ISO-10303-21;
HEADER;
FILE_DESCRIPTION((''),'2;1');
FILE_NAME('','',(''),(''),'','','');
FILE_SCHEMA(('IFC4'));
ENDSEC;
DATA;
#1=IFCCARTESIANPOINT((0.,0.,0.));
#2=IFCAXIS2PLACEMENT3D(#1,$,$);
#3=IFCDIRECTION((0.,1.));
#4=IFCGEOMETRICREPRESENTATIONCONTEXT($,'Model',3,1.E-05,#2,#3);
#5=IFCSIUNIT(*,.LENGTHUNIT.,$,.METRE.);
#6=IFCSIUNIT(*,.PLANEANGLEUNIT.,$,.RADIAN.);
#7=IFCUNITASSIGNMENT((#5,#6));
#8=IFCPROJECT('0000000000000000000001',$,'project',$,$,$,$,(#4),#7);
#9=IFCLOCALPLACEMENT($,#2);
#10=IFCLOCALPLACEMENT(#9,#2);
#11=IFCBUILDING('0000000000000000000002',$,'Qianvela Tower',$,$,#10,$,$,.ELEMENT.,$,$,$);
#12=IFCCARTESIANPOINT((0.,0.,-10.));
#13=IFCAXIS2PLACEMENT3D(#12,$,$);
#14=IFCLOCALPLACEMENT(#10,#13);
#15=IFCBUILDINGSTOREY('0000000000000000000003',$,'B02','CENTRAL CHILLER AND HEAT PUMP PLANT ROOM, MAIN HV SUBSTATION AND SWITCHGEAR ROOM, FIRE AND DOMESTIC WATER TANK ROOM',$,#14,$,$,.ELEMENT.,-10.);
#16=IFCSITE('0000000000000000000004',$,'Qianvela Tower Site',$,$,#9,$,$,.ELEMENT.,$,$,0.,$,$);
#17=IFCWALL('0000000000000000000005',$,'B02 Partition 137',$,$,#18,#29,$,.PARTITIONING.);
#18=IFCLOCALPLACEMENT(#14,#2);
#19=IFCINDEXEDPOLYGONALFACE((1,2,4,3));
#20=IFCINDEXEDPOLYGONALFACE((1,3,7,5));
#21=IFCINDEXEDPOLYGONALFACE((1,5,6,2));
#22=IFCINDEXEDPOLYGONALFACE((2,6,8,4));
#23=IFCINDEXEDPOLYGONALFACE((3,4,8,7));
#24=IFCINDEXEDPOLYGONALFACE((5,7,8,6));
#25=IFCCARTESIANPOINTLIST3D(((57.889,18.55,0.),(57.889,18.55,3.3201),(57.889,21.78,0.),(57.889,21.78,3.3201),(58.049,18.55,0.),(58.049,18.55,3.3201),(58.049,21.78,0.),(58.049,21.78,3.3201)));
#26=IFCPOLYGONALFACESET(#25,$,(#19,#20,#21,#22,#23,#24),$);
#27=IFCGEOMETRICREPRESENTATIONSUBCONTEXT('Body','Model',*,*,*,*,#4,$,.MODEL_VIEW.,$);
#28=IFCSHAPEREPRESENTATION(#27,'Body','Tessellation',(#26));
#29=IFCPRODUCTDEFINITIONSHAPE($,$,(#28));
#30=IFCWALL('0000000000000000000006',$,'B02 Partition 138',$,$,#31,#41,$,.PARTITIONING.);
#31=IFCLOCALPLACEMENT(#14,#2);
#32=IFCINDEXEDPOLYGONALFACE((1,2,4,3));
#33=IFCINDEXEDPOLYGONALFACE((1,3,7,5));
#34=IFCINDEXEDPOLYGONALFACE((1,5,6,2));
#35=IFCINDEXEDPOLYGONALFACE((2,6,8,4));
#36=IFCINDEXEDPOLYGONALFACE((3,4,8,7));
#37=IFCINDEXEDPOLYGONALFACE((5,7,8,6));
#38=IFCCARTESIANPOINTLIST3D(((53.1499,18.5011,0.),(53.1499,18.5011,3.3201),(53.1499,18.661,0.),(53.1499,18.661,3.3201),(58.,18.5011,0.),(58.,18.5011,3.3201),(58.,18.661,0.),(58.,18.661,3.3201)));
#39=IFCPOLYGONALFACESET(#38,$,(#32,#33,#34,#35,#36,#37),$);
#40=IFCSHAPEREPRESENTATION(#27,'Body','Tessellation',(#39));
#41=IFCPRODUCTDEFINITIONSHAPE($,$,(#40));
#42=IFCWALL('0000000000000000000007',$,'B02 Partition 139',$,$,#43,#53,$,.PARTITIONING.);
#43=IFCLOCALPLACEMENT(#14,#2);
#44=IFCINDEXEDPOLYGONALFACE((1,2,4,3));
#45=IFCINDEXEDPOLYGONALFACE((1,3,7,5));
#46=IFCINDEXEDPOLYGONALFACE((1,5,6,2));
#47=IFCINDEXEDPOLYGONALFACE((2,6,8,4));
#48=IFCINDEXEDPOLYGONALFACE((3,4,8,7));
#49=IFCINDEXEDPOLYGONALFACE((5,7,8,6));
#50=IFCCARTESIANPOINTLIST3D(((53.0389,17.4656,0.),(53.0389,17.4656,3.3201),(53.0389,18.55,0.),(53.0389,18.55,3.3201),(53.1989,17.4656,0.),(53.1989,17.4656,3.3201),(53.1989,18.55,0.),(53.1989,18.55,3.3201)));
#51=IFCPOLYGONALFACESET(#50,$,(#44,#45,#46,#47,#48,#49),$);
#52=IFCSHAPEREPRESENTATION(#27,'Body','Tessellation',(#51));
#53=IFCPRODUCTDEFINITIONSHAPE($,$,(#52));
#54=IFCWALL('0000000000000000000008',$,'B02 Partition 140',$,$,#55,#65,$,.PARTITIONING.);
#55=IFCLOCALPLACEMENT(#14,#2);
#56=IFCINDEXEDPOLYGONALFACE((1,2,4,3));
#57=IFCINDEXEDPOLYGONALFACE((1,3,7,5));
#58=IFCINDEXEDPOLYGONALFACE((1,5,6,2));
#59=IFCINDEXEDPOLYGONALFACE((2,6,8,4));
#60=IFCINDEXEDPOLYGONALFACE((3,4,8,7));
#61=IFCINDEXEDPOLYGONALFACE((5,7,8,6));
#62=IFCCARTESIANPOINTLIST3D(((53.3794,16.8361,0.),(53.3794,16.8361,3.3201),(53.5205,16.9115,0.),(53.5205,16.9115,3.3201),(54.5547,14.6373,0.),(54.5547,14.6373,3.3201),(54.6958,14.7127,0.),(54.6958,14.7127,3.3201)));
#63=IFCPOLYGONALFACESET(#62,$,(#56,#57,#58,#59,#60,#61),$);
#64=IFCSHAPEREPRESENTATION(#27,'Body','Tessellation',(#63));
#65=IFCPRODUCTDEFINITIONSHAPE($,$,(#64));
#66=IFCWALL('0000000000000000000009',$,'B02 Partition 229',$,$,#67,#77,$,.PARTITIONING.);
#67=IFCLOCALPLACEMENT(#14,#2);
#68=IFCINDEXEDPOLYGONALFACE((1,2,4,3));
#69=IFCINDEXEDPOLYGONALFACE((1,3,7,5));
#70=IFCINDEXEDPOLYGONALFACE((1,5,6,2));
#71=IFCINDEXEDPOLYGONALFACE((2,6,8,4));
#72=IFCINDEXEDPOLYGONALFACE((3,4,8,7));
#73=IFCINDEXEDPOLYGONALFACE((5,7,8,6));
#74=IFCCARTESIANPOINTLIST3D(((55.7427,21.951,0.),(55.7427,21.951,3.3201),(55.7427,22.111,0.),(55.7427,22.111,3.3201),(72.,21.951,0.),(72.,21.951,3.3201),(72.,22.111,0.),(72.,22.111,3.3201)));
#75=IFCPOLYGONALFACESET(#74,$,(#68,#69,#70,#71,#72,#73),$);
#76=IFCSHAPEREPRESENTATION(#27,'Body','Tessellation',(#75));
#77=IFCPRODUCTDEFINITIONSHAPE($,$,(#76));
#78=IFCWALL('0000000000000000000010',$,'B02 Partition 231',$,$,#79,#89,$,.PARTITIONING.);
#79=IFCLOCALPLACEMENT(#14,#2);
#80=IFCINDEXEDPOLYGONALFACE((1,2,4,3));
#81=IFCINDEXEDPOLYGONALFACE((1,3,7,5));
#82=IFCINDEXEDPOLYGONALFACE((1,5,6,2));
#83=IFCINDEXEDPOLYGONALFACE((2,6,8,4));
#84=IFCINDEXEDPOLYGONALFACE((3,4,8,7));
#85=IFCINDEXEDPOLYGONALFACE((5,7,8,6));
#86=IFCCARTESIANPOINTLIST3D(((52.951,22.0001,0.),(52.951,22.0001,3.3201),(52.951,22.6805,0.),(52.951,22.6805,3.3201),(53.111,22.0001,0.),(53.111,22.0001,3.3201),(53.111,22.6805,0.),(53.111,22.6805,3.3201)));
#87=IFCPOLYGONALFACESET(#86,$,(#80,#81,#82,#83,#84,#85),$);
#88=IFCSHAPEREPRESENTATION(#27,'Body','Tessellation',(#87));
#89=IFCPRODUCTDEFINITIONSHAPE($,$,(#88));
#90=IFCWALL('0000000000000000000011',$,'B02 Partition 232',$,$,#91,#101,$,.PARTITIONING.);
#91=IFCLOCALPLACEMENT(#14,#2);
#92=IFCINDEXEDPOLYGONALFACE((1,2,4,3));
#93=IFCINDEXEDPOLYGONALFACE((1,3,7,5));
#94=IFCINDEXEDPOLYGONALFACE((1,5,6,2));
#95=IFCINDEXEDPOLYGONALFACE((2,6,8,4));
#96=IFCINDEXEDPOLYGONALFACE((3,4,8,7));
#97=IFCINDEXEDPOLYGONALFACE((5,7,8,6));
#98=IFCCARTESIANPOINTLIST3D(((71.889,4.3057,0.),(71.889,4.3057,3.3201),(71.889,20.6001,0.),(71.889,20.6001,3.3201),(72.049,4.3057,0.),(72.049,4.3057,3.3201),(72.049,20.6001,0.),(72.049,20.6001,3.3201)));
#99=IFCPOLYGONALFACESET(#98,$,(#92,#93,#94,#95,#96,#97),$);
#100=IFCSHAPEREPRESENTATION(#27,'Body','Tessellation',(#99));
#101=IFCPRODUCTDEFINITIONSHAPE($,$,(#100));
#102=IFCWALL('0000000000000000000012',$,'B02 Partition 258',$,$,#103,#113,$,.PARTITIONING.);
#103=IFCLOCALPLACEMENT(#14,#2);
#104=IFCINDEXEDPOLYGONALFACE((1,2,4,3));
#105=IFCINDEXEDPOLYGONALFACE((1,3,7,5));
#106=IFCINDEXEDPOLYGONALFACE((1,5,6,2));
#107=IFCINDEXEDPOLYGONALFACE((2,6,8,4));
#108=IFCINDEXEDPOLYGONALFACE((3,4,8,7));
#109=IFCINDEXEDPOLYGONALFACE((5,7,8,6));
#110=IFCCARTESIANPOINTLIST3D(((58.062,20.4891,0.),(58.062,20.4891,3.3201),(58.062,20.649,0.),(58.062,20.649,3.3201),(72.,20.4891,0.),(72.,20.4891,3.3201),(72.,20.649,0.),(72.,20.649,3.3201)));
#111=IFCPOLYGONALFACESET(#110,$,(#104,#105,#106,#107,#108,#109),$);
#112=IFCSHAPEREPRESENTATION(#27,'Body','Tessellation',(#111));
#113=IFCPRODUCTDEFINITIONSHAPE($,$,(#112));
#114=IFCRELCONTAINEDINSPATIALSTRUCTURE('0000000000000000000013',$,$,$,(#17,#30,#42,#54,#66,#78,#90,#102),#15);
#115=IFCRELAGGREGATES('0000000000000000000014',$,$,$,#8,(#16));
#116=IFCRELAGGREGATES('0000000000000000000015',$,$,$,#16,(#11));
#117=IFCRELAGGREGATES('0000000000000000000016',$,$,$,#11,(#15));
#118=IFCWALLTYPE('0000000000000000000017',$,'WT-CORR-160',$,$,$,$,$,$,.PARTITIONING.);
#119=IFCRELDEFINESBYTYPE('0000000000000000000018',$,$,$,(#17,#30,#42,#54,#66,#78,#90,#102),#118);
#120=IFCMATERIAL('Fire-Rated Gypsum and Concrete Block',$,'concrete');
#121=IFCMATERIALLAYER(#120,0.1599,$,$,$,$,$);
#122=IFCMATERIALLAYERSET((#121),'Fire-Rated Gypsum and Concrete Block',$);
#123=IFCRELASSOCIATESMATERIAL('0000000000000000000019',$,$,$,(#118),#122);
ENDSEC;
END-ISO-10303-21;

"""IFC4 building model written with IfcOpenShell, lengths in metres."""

from ifc_helpers import new_model, si_unit, direction, frame, frame_2d, origin, place, context, subcontext, project, spatial, rectangle, extrude, material, layer, layer_set, type_object, element, save


model = new_model("IFC4")

# Units and contexts
model_context = context("Model", 3, precision=1e-05, world=origin(), true_north=direction((0.0, 1.0)))
body_context = subcontext(model_context, "Body", "Model", "MODEL_VIEW")
ifc_project = project(units=[si_unit("LENGTHUNIT", "METRE"), si_unit("PLANEANGLEUNIT", "RADIAN")], contexts=[model_context])

# Site, building, storey
site_placement = place(None, origin())
site = spatial("IfcSite", under=ifc_project, at=site_placement, Name="Qianvela Tower Site", CompositionType="ELEMENT", RefElevation=0.0)
building_placement = place(site_placement, origin())
building = spatial("IfcBuilding", under=site, at=building_placement, Name="Qianvela Tower", CompositionType="ELEMENT")
storey_placement = place(building_placement, frame((0.0, 0.0, -10.0)))
storey = spatial("IfcBuildingStorey", under=building, at=storey_placement, Name="B02", Description="CENTRAL CHILLER AND HEAT PUMP PLANT ROOM, MAIN HV SUBSTATION AND SWITCHGEAR ROOM, FIRE AND DOMESTIC WATER TANK ROOM", CompositionType="ELEMENT", Elevation=-10.0)

# Walls
ifc_material_1 = material(Name="Fire-Rated Gypsum and Concrete Block", Category="concrete")
ifc_layer = layer(ifc_material_1, 0.1599)
ifc_layer_set = layer_set([ifc_layer], Name="Fire-Rated Gypsum and Concrete Block")
wall_type = type_object("IfcWallType", Name="WT-CORR-160", PredefinedType="PARTITIONING", material=ifc_layer_set)
wall_1_placement = place(storey_placement, frame((57.969, 21.78, 0.0), z_axis=(0.0, 0.0, 1.0), x_axis=(0.0, -1.0, 0.0)))
element("IfcWall", 1, at=wall_1_placement, inside=storey, type_object=wall_type, Name="B02 Partition 137", PredefinedType="PARTITIONING", context=body_context, shape_type="SweptSolid", body=[
    extrude(rectangle(XDim=3.23, YDim=0.1599, at=frame_2d((1.615, 0.0))), origin(), (0.0, 0.0, 1.0), 3.3201),
])
wall_2_placement = place(storey_placement, frame((58.0, 18.5811, 0.0), z_axis=(0.0, 0.0, 1.0), x_axis=(-1.0, 0.0, 0.0)))
element("IfcWall", 2, at=wall_2_placement, inside=storey, type_object=wall_type, Name="B02 Partition 138", PredefinedType="PARTITIONING", context=body_context, shape_type="SweptSolid", body=[
    extrude(rectangle(XDim=4.8501, YDim=0.1599, at=frame_2d((2.425, 0.0))), origin(), (0.0, 0.0, 1.0), 3.3201),
])
wall_3_placement = place(storey_placement, frame((53.1189, 18.55, 0.0), z_axis=(0.0, 0.0, 1.0), x_axis=(0.0, -1.0, 0.0)))
element("IfcWall", 3, at=wall_3_placement, inside=storey, type_object=wall_type, Name="B02 Partition 139", PredefinedType="PARTITIONING", context=body_context, shape_type="SweptSolid", body=[
    extrude(rectangle(XDim=1.0845, YDim=0.1599, at=frame_2d((0.5422, 0.0))), origin(), (0.0, 0.0, 1.0), 3.3201),
])
wall_4_placement = place(storey_placement, frame((53.45, 16.8738, 0.0), z_axis=(0.0, 0.0, 1.0), x_axis=(0.471411, -0.881913, 0.0)))
element("IfcWall", 4, at=wall_4_placement, inside=storey, type_object=wall_type, Name="B02 Partition 140", PredefinedType="PARTITIONING", context=body_context, shape_type="SweptSolid", body=[
    extrude(rectangle(XDim=2.4932, YDim=0.1599, at=frame_2d((1.2466, 0.0))), origin(), (0.0, 0.0, 1.0), 3.3201),
])
wall_5_placement = place(storey_placement, frame((72.0, 22.031, 0.0), z_axis=(0.0, 0.0, 1.0), x_axis=(-1.0, 0.0, 0.0)))
element("IfcWall", 5, at=wall_5_placement, inside=storey, type_object=wall_type, Name="B02 Partition 229", PredefinedType="PARTITIONING", context=body_context, shape_type="SweptSolid", body=[
    extrude(rectangle(XDim=16.2573, YDim=0.1599, at=frame_2d((8.1287, 0.0))), origin(), (0.0, 0.0, 1.0), 3.3201),
])
wall_6_placement = place(storey_placement, frame((53.031, 22.0, 0.0), z_axis=(0.0, 0.0, 1.0), x_axis=(0.0, 1.0, 0.0)))
element("IfcWall", 6, at=wall_6_placement, inside=storey, type_object=wall_type, Name="B02 Partition 231", PredefinedType="PARTITIONING", context=body_context, shape_type="SweptSolid", body=[
    extrude(rectangle(XDim=0.6804, YDim=0.1599, at=frame_2d((0.3403, 0.0))), origin(), (0.0, 0.0, 1.0), 3.3201),
])
wall_7_placement = place(storey_placement, frame((71.969, 20.6001, 0.0), z_axis=(0.0, 0.0, 1.0), x_axis=(0.0, -1.0, 0.0)))
element("IfcWall", 7, at=wall_7_placement, inside=storey, type_object=wall_type, Name="B02 Partition 232", PredefinedType="PARTITIONING", context=body_context, shape_type="SweptSolid", body=[
    extrude(rectangle(XDim=16.2944, YDim=0.1599, at=frame_2d((8.1472, 0.0))), origin(), (0.0, 0.0, 1.0), 3.3201),
])
wall_8_placement = place(storey_placement, frame((58.062, 20.5691, 0.0), z_axis=(0.0, 0.0, 1.0), x_axis=(1.0, 0.0, 0.0)))
element("IfcWall", 8, at=wall_8_placement, inside=storey, type_object=wall_type, Name="B02 Partition 258", PredefinedType="PARTITIONING", context=body_context, shape_type="SweptSolid", body=[
    extrude(rectangle(XDim=13.938, YDim=0.1599, at=frame_2d((6.969, 0.0))), origin(), (0.0, 0.0, 1.0), 3.3201),
])

save(model, "model.ifc")
